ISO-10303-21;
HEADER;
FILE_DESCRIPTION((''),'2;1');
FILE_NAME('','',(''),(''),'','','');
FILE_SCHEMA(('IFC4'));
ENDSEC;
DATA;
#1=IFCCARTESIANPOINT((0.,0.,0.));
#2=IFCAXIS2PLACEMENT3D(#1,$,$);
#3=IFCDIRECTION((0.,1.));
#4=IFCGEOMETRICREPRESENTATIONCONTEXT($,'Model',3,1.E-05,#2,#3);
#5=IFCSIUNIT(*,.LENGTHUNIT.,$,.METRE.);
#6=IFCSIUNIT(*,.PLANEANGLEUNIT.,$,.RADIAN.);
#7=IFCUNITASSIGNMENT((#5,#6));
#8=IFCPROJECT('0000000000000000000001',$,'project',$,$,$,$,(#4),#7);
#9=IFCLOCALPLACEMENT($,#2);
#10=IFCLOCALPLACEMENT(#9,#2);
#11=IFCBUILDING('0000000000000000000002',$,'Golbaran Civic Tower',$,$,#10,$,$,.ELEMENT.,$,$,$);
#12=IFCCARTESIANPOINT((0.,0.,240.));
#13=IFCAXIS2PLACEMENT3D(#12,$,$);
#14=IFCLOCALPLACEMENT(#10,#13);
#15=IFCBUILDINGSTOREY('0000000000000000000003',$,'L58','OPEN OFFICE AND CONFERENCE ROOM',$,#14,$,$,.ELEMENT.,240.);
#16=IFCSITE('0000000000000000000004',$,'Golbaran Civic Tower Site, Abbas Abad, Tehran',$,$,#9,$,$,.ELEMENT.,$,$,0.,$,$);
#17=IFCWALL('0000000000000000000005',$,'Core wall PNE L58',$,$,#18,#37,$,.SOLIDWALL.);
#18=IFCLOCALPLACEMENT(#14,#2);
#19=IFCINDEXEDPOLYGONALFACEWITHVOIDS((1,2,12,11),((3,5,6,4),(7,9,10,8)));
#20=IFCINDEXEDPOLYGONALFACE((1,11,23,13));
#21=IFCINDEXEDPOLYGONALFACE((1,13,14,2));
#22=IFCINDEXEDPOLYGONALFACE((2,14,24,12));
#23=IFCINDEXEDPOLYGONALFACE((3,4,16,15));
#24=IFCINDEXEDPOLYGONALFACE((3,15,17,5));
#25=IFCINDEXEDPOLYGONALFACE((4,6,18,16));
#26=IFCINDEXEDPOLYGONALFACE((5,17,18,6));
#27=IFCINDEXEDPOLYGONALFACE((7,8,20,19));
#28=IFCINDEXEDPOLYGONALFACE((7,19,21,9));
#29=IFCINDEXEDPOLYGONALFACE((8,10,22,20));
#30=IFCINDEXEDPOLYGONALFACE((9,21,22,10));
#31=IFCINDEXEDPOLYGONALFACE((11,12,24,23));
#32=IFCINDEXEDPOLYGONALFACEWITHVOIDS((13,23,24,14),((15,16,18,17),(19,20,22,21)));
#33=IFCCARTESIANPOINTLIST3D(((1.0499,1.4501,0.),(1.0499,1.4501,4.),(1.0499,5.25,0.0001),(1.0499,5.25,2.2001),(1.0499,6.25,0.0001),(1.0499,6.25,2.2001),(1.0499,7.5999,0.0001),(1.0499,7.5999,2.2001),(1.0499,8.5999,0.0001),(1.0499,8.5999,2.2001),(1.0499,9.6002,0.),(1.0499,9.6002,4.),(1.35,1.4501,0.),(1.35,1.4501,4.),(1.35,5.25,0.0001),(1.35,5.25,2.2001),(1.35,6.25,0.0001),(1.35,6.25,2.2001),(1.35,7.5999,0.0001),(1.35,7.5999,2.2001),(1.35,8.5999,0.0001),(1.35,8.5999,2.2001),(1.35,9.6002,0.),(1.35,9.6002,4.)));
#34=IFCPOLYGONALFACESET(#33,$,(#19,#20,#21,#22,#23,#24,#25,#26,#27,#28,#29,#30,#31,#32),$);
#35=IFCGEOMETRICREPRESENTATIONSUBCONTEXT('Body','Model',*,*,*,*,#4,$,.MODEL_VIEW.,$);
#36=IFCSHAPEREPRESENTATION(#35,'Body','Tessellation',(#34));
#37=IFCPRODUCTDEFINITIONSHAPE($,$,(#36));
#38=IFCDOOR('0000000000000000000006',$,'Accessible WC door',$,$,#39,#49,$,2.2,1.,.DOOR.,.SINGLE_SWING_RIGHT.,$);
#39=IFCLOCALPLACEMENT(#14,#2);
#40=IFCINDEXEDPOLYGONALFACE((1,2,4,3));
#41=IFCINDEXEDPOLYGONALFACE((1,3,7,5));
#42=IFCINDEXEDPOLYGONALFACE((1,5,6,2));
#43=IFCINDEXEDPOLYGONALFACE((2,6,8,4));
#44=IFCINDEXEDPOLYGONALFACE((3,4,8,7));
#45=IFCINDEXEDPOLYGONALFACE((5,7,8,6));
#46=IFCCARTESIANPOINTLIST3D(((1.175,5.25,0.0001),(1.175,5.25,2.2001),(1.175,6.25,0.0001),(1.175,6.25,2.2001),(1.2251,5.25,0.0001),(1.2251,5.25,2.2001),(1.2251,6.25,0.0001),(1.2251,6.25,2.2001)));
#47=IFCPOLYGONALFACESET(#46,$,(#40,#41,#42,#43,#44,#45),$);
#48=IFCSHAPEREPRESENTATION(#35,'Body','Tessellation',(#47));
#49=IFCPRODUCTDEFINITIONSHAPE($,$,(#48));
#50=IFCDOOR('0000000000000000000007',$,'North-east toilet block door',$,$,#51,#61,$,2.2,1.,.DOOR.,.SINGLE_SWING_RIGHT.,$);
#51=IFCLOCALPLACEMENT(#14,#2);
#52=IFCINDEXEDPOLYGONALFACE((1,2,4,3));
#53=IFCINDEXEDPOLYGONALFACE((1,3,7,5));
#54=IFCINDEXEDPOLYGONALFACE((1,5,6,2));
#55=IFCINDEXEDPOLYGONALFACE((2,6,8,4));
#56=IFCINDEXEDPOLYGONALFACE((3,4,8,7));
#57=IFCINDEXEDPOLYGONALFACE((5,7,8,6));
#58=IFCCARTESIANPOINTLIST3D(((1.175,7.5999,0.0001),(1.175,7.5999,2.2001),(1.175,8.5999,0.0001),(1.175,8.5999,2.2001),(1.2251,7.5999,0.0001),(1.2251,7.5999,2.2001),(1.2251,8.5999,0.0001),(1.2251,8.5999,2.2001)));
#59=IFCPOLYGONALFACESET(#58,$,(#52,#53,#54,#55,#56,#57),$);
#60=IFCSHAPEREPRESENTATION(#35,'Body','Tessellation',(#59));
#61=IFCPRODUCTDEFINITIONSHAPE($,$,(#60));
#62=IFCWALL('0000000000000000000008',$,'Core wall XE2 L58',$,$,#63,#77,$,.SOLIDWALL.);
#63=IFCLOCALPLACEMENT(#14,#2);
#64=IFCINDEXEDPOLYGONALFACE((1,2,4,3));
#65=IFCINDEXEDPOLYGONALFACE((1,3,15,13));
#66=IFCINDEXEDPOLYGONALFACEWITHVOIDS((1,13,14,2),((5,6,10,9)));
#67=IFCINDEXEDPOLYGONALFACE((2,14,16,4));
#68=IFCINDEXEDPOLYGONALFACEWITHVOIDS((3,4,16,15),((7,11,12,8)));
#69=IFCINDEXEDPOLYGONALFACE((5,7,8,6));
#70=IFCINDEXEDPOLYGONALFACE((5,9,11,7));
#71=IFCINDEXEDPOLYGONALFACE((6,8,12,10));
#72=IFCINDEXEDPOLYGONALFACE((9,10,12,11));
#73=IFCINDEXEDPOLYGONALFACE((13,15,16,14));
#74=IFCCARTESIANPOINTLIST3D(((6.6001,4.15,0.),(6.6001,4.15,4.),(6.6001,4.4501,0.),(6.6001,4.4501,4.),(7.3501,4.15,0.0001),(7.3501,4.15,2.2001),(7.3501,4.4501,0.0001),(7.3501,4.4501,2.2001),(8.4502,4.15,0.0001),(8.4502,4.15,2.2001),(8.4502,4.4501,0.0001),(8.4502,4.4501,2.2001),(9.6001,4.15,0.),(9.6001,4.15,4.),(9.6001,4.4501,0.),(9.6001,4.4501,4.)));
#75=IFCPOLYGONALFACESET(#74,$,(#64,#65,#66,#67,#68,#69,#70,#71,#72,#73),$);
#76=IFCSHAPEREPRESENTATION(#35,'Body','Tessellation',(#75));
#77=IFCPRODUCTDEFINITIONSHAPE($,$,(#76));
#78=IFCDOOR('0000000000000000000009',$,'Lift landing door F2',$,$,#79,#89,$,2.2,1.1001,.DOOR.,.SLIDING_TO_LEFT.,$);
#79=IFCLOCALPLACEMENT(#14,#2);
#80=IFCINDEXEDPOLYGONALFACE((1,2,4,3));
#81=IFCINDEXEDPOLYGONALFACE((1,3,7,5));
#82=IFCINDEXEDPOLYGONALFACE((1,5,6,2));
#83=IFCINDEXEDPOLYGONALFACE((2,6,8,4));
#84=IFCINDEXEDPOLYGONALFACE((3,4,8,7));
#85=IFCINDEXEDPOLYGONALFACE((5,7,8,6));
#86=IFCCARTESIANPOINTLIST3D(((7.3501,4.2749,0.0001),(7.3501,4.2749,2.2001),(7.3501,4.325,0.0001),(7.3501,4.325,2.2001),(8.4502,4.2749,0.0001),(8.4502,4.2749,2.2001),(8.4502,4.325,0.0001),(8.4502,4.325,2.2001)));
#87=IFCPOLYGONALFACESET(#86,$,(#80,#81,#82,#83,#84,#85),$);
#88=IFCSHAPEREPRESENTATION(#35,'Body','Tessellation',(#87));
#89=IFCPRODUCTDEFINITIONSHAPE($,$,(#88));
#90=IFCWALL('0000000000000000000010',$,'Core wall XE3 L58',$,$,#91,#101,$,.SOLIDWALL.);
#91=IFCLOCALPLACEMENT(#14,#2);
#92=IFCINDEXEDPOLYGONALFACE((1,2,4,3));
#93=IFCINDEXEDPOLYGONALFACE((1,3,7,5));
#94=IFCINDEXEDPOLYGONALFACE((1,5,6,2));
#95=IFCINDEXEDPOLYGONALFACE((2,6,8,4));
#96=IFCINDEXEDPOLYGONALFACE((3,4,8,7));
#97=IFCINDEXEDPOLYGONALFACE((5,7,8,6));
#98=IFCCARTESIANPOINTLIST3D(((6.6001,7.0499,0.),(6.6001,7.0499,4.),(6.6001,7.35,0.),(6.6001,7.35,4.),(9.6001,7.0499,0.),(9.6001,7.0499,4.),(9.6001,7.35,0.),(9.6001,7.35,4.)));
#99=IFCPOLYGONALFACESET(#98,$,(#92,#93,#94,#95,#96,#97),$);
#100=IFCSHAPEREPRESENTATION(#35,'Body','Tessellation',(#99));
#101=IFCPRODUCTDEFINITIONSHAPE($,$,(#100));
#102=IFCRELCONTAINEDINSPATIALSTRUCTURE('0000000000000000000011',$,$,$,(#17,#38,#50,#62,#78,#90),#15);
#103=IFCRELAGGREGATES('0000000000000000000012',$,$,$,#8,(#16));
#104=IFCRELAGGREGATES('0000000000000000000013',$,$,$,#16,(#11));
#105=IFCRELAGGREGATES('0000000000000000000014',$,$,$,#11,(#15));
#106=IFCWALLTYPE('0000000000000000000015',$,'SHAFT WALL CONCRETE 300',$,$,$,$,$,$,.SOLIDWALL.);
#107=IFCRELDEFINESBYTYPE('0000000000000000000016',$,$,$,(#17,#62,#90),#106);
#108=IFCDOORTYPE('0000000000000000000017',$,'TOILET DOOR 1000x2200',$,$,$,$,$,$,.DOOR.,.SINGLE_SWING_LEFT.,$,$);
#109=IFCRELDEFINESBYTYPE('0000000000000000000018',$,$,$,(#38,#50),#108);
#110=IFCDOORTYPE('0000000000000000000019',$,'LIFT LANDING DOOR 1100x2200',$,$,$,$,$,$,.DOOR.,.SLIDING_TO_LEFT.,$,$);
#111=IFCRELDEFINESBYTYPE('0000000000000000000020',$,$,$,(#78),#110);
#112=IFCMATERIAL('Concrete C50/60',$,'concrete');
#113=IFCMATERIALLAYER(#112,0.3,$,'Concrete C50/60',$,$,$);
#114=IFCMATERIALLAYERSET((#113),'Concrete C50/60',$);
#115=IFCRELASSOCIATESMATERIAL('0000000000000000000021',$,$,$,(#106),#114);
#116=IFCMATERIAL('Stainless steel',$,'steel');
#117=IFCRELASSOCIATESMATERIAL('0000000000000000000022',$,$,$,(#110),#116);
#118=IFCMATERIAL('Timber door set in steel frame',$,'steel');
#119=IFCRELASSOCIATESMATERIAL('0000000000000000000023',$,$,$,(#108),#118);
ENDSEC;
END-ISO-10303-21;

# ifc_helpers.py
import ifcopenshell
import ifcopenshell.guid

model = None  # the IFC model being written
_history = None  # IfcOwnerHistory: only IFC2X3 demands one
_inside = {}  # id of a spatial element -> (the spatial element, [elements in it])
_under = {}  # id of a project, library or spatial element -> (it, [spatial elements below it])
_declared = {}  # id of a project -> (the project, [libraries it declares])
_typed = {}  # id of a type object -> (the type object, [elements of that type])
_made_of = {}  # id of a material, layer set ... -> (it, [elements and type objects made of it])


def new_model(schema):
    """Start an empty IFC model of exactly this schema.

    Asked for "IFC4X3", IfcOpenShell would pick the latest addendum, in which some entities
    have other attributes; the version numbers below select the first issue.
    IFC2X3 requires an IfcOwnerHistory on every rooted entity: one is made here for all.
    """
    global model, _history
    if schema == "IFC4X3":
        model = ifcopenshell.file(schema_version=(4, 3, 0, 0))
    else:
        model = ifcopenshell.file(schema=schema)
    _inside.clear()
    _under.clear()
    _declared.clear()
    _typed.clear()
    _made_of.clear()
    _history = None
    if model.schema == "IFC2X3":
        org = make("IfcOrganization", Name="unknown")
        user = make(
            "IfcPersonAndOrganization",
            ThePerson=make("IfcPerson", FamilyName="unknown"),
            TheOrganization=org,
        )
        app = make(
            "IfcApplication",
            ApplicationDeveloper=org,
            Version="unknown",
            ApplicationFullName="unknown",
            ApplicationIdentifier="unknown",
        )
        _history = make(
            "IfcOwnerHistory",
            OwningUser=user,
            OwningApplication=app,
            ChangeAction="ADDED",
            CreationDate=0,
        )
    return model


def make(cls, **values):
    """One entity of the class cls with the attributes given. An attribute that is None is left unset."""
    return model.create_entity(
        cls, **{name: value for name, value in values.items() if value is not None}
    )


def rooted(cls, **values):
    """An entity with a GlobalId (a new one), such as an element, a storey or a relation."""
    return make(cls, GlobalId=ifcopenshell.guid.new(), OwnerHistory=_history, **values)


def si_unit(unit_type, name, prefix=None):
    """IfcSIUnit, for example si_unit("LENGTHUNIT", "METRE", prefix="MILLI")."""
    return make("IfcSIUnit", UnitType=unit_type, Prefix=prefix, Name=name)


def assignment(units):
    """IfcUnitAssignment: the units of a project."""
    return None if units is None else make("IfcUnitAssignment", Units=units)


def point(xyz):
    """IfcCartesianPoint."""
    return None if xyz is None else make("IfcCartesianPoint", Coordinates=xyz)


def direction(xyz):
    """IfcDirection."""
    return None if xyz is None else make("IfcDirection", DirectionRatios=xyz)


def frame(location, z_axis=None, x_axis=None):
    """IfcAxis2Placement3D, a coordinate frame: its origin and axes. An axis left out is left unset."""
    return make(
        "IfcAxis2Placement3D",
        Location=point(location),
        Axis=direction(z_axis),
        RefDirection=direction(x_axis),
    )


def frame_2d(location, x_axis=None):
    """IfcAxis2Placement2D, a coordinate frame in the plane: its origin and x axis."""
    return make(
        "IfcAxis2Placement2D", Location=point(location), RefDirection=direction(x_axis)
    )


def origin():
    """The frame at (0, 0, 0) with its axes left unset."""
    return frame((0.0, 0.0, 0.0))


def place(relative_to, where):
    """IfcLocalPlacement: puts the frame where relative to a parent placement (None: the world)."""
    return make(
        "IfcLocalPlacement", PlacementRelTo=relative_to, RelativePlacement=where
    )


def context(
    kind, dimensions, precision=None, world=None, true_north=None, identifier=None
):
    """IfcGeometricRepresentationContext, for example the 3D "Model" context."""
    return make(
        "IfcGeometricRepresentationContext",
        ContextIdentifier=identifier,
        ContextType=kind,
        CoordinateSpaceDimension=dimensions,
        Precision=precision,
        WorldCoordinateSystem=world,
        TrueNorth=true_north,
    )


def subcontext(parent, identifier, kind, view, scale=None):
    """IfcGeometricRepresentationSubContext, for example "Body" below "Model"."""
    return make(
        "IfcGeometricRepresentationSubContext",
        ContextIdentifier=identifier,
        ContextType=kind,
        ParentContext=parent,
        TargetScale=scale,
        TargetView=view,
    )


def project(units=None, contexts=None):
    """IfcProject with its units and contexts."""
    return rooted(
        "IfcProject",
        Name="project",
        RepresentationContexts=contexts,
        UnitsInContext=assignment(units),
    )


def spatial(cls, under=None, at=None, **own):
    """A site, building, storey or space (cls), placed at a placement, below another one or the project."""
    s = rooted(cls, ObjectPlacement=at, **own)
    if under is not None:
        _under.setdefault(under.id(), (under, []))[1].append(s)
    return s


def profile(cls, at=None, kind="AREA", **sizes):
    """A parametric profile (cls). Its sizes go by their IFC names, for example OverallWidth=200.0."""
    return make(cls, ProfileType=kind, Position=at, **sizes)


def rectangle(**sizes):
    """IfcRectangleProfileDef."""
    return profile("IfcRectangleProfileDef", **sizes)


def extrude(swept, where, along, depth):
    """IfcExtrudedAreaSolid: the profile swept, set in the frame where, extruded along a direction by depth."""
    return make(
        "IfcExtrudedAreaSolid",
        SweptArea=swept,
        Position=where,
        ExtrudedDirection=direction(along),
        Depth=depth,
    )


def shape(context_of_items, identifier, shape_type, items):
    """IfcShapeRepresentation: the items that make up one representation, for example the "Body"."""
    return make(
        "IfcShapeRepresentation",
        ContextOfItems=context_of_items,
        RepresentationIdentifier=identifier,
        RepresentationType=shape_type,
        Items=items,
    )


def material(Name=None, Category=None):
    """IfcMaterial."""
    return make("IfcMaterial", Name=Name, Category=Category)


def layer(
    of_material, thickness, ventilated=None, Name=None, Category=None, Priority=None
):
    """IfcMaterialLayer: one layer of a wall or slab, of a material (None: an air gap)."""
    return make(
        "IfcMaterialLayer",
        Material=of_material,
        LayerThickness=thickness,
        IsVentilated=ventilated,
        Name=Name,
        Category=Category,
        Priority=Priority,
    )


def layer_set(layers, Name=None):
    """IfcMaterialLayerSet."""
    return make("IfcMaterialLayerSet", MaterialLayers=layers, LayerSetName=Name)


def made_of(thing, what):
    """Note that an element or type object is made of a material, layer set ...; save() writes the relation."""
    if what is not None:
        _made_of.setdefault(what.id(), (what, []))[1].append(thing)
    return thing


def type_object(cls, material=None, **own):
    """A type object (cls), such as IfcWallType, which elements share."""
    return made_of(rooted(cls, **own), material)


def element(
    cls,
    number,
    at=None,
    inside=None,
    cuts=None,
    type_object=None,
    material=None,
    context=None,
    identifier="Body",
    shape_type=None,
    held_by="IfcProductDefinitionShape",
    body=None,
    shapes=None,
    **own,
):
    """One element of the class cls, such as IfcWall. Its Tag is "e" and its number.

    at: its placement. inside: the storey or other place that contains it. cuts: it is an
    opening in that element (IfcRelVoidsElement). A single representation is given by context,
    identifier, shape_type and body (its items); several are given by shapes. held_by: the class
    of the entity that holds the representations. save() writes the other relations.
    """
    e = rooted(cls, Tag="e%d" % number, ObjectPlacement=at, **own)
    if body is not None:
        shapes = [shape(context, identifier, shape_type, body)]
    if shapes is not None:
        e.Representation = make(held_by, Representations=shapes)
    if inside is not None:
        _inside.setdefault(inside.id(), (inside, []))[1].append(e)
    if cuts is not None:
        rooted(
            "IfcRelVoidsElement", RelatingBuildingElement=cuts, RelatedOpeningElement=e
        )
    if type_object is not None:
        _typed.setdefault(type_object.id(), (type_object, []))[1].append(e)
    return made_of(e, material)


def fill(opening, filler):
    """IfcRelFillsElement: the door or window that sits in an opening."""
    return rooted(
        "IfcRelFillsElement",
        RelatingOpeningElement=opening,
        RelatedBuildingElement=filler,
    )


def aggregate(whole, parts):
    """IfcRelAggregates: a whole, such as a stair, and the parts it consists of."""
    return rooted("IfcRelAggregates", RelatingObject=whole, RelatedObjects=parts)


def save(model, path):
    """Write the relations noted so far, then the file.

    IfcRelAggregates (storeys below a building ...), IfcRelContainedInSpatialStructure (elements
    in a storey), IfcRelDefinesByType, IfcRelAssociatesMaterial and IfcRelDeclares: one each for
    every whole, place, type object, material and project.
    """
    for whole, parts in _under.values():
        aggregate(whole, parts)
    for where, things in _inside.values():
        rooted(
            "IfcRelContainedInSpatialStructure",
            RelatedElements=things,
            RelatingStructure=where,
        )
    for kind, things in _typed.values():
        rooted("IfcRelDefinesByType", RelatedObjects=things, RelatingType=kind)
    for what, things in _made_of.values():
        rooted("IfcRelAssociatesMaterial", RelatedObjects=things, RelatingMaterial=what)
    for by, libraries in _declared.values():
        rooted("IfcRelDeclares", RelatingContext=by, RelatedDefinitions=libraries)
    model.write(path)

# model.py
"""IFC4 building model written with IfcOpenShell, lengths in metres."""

from ifc_helpers import new_model, si_unit, direction, frame, frame_2d, origin, place, context, subcontext, project, spatial, rectangle, extrude, material, layer, layer_set, type_object, element, fill, save


model = new_model("IFC4")

# Units and contexts
model_context = context("Model", 3, precision=1e-05, world=origin(), true_north=direction((0.0, 1.0)))
body_context = subcontext(model_context, "Body", "Model", "MODEL_VIEW")
ifc_project = project(units=[si_unit("LENGTHUNIT", "METRE"), si_unit("PLANEANGLEUNIT", "RADIAN")], contexts=[model_context])

# Site, building, storey
site_placement = place(None, origin())
site = spatial("IfcSite", under=ifc_project, at=site_placement, Name="Golbaran Civic Tower Site, Abbas Abad, Tehran", CompositionType="ELEMENT", RefElevation=0.0)
building_placement = place(site_placement, origin())
building = spatial("IfcBuilding", under=site, at=building_placement, Name="Golbaran Civic Tower", CompositionType="ELEMENT")
storey_placement = place(building_placement, frame((0.0, 0.0, 240.0)))
storey = spatial("IfcBuildingStorey", under=building, at=storey_placement, Name="L58", Description="OPEN OFFICE AND CONFERENCE ROOM", CompositionType="ELEMENT", Elevation=240.0)

# Shared definitions
ifc_material_1 = material(Name="Timber door set in steel frame", Category="steel")

# Shared definitions
ifc_material_2 = material(Name="Concrete C50/60", Category="concrete")

# Shared definitions
ifc_layer_1 = layer(ifc_material_2, 0.3, Name="Concrete C50/60")
ifc_layer_set_1 = layer_set([ifc_layer_1], Name="Concrete C50/60")
wall_type_1 = type_object("IfcWallType", Name="SHAFT WALL CONCRETE 300", PredefinedType="SOLIDWALL", material=ifc_layer_set_1)
ifc_material_3 = material(Name="Stainless steel", Category="steel")
door_type_1 = type_object("IfcDoorType", Name="LIFT LANDING DOOR 1100x2200", OperationType="SLIDING_TO_LEFT", PredefinedType="DOOR", material=ifc_material_3)

# Wall, openings, doors
wall_1_placement = place(storey_placement, frame((1.2, 1.45, 0.0), z_axis=(0.0, 0.0, 1.0), x_axis=(0.0, 1.0, 0.0)))
wall_1 = element("IfcWall", 1, at=wall_1_placement, inside=storey, type_object=wall_type_1, Name="Core wall PNE L58", PredefinedType="SOLIDWALL", context=body_context, shape_type="SweptSolid", body=[
    extrude(rectangle(XDim=8.1501, YDim=0.3, at=frame_2d((4.0752, 0.0))), origin(), (0.0, 0.0, 1.0), 4.0),
])
opening_1_placement = place(wall_1_placement, frame((3.8, 0.0, 0.0)))
opening_1 = element("IfcOpeningElement", 2, at=opening_1_placement, cuts=wall_1, PredefinedType="OPENING", context=body_context, shape_type="SweptSolid", body=[
    extrude(rectangle(XDim=1.0, YDim=2.2, at=frame_2d((0.5, 1.1001))), frame((0.0, 0.1599, 0.0), z_axis=(0.0, -1.0, 0.0), x_axis=(1.0, 0.0, 0.0)), (0.0, 0.0, 1.0), 0.3201),
])
opening_2_placement = place(wall_1_placement, frame((6.1499, 0.0, 0.0)))
opening_2 = element("IfcOpeningElement", 3, at=opening_2_placement, cuts=wall_1, PredefinedType="OPENING", context=body_context, shape_type="SweptSolid", body=[
    extrude(rectangle(XDim=1.0, YDim=2.2, at=frame_2d((0.5, 1.1001))), frame((0.0, 0.1599, 0.0), z_axis=(0.0, -1.0, 0.0), x_axis=(1.0, 0.0, 0.0)), (0.0, 0.0, 1.0), 0.3201),
])
door_type_2 = type_object("IfcDoorType", Name="TOILET DOOR 1000x2200", OperationType="SINGLE_SWING_LEFT", PredefinedType="DOOR", material=ifc_material_1)
door_1_placement = place(opening_1_placement, origin())
door_1 = element("IfcDoor", 4, at=door_1_placement, inside=storey, type_object=door_type_2, Name="Accessible WC door", OperationType="SINGLE_SWING_RIGHT", OverallHeight=2.2, OverallWidth=1.0, PredefinedType="DOOR", context=body_context, shape_type="SweptSolid", body=[
    extrude(rectangle(XDim=1.0, YDim=2.2, at=frame_2d((0.5, 1.1001))), frame((0.0, 0.0249, 0.0), z_axis=(0.0, -1.0, 0.0), x_axis=(1.0, 0.0, 0.0)), (0.0, 0.0, 1.0), 0.05),
])
fill(opening_1, door_1)
door_2_placement = place(opening_2_placement, origin())
door_2 = element("IfcDoor", 5, at=door_2_placement, inside=storey, type_object=door_type_2, Name="North-east toilet block door", OperationType="SINGLE_SWING_RIGHT", OverallHeight=2.2, OverallWidth=1.0, PredefinedType="DOOR", context=body_context, shape_type="SweptSolid", body=[
    extrude(rectangle(XDim=1.0, YDim=2.2, at=frame_2d((0.5, 1.1001))), frame((0.0, 0.0249, 0.0), z_axis=(0.0, -1.0, 0.0), x_axis=(1.0, 0.0, 0.0)), (0.0, 0.0, 1.0), 0.05),
])
fill(opening_2, door_2)

# Wall, opening, door
wall_2_placement = place(storey_placement, frame((6.6001, 4.3, 0.0), z_axis=(0.0, 0.0, 1.0), x_axis=(1.0, 0.0, 0.0)))
wall_2 = element("IfcWall", 6, at=wall_2_placement, inside=storey, type_object=wall_type_1, Name="Core wall XE2 L58", PredefinedType="SOLIDWALL", context=body_context, shape_type="SweptSolid", body=[
    extrude(rectangle(XDim=3.0, YDim=0.3, at=frame_2d((1.5, 0.0))), origin(), (0.0, 0.0, 1.0), 4.0),
])
opening_3_placement = place(wall_2_placement, frame((0.75, 0.0, 0.0)))
opening_3 = element("IfcOpeningElement", 7, at=opening_3_placement, cuts=wall_2, PredefinedType="OPENING", context=body_context, shape_type="SweptSolid", body=[
    extrude(rectangle(XDim=1.1001, YDim=2.2, at=frame_2d((0.55, 1.1001))), frame((0.0, 0.1599, 0.0), z_axis=(0.0, -1.0, 0.0), x_axis=(1.0, 0.0, 0.0)), (0.0, 0.0, 1.0), 0.3201),
])
door_3_placement = place(opening_3_placement, origin())
door_3 = element("IfcDoor", 8, at=door_3_placement, inside=storey, type_object=door_type_1, Name="Lift landing door F2", OperationType="SLIDING_TO_LEFT", OverallHeight=2.2, OverallWidth=1.1001, PredefinedType="DOOR", context=body_context, shape_type="SweptSolid", body=[
    extrude(rectangle(XDim=1.1001, YDim=2.2, at=frame_2d((0.55, 1.1001))), frame((0.0, 0.0249, 0.0), z_axis=(0.0, -1.0, 0.0), x_axis=(1.0, 0.0, 0.0)), (0.0, 0.0, 1.0), 0.05),
])
fill(opening_3, door_3)

# Wall
wall_3_placement = place(storey_placement, frame((6.6001, 7.2, 0.0), z_axis=(0.0, 0.0, 1.0), x_axis=(1.0, 0.0, 0.0)))
element("IfcWall", 9, at=wall_3_placement, inside=storey, type_object=wall_type_1, Name="Core wall XE3 L58", PredefinedType="SOLIDWALL", context=body_context, shape_type="SweptSolid", body=[
    extrude(rectangle(XDim=3.0, YDim=0.3, at=frame_2d((1.5, 0.0))), origin(), (0.0, 0.0, 1.0), 4.0),
])

save(model, "model.ifc")
